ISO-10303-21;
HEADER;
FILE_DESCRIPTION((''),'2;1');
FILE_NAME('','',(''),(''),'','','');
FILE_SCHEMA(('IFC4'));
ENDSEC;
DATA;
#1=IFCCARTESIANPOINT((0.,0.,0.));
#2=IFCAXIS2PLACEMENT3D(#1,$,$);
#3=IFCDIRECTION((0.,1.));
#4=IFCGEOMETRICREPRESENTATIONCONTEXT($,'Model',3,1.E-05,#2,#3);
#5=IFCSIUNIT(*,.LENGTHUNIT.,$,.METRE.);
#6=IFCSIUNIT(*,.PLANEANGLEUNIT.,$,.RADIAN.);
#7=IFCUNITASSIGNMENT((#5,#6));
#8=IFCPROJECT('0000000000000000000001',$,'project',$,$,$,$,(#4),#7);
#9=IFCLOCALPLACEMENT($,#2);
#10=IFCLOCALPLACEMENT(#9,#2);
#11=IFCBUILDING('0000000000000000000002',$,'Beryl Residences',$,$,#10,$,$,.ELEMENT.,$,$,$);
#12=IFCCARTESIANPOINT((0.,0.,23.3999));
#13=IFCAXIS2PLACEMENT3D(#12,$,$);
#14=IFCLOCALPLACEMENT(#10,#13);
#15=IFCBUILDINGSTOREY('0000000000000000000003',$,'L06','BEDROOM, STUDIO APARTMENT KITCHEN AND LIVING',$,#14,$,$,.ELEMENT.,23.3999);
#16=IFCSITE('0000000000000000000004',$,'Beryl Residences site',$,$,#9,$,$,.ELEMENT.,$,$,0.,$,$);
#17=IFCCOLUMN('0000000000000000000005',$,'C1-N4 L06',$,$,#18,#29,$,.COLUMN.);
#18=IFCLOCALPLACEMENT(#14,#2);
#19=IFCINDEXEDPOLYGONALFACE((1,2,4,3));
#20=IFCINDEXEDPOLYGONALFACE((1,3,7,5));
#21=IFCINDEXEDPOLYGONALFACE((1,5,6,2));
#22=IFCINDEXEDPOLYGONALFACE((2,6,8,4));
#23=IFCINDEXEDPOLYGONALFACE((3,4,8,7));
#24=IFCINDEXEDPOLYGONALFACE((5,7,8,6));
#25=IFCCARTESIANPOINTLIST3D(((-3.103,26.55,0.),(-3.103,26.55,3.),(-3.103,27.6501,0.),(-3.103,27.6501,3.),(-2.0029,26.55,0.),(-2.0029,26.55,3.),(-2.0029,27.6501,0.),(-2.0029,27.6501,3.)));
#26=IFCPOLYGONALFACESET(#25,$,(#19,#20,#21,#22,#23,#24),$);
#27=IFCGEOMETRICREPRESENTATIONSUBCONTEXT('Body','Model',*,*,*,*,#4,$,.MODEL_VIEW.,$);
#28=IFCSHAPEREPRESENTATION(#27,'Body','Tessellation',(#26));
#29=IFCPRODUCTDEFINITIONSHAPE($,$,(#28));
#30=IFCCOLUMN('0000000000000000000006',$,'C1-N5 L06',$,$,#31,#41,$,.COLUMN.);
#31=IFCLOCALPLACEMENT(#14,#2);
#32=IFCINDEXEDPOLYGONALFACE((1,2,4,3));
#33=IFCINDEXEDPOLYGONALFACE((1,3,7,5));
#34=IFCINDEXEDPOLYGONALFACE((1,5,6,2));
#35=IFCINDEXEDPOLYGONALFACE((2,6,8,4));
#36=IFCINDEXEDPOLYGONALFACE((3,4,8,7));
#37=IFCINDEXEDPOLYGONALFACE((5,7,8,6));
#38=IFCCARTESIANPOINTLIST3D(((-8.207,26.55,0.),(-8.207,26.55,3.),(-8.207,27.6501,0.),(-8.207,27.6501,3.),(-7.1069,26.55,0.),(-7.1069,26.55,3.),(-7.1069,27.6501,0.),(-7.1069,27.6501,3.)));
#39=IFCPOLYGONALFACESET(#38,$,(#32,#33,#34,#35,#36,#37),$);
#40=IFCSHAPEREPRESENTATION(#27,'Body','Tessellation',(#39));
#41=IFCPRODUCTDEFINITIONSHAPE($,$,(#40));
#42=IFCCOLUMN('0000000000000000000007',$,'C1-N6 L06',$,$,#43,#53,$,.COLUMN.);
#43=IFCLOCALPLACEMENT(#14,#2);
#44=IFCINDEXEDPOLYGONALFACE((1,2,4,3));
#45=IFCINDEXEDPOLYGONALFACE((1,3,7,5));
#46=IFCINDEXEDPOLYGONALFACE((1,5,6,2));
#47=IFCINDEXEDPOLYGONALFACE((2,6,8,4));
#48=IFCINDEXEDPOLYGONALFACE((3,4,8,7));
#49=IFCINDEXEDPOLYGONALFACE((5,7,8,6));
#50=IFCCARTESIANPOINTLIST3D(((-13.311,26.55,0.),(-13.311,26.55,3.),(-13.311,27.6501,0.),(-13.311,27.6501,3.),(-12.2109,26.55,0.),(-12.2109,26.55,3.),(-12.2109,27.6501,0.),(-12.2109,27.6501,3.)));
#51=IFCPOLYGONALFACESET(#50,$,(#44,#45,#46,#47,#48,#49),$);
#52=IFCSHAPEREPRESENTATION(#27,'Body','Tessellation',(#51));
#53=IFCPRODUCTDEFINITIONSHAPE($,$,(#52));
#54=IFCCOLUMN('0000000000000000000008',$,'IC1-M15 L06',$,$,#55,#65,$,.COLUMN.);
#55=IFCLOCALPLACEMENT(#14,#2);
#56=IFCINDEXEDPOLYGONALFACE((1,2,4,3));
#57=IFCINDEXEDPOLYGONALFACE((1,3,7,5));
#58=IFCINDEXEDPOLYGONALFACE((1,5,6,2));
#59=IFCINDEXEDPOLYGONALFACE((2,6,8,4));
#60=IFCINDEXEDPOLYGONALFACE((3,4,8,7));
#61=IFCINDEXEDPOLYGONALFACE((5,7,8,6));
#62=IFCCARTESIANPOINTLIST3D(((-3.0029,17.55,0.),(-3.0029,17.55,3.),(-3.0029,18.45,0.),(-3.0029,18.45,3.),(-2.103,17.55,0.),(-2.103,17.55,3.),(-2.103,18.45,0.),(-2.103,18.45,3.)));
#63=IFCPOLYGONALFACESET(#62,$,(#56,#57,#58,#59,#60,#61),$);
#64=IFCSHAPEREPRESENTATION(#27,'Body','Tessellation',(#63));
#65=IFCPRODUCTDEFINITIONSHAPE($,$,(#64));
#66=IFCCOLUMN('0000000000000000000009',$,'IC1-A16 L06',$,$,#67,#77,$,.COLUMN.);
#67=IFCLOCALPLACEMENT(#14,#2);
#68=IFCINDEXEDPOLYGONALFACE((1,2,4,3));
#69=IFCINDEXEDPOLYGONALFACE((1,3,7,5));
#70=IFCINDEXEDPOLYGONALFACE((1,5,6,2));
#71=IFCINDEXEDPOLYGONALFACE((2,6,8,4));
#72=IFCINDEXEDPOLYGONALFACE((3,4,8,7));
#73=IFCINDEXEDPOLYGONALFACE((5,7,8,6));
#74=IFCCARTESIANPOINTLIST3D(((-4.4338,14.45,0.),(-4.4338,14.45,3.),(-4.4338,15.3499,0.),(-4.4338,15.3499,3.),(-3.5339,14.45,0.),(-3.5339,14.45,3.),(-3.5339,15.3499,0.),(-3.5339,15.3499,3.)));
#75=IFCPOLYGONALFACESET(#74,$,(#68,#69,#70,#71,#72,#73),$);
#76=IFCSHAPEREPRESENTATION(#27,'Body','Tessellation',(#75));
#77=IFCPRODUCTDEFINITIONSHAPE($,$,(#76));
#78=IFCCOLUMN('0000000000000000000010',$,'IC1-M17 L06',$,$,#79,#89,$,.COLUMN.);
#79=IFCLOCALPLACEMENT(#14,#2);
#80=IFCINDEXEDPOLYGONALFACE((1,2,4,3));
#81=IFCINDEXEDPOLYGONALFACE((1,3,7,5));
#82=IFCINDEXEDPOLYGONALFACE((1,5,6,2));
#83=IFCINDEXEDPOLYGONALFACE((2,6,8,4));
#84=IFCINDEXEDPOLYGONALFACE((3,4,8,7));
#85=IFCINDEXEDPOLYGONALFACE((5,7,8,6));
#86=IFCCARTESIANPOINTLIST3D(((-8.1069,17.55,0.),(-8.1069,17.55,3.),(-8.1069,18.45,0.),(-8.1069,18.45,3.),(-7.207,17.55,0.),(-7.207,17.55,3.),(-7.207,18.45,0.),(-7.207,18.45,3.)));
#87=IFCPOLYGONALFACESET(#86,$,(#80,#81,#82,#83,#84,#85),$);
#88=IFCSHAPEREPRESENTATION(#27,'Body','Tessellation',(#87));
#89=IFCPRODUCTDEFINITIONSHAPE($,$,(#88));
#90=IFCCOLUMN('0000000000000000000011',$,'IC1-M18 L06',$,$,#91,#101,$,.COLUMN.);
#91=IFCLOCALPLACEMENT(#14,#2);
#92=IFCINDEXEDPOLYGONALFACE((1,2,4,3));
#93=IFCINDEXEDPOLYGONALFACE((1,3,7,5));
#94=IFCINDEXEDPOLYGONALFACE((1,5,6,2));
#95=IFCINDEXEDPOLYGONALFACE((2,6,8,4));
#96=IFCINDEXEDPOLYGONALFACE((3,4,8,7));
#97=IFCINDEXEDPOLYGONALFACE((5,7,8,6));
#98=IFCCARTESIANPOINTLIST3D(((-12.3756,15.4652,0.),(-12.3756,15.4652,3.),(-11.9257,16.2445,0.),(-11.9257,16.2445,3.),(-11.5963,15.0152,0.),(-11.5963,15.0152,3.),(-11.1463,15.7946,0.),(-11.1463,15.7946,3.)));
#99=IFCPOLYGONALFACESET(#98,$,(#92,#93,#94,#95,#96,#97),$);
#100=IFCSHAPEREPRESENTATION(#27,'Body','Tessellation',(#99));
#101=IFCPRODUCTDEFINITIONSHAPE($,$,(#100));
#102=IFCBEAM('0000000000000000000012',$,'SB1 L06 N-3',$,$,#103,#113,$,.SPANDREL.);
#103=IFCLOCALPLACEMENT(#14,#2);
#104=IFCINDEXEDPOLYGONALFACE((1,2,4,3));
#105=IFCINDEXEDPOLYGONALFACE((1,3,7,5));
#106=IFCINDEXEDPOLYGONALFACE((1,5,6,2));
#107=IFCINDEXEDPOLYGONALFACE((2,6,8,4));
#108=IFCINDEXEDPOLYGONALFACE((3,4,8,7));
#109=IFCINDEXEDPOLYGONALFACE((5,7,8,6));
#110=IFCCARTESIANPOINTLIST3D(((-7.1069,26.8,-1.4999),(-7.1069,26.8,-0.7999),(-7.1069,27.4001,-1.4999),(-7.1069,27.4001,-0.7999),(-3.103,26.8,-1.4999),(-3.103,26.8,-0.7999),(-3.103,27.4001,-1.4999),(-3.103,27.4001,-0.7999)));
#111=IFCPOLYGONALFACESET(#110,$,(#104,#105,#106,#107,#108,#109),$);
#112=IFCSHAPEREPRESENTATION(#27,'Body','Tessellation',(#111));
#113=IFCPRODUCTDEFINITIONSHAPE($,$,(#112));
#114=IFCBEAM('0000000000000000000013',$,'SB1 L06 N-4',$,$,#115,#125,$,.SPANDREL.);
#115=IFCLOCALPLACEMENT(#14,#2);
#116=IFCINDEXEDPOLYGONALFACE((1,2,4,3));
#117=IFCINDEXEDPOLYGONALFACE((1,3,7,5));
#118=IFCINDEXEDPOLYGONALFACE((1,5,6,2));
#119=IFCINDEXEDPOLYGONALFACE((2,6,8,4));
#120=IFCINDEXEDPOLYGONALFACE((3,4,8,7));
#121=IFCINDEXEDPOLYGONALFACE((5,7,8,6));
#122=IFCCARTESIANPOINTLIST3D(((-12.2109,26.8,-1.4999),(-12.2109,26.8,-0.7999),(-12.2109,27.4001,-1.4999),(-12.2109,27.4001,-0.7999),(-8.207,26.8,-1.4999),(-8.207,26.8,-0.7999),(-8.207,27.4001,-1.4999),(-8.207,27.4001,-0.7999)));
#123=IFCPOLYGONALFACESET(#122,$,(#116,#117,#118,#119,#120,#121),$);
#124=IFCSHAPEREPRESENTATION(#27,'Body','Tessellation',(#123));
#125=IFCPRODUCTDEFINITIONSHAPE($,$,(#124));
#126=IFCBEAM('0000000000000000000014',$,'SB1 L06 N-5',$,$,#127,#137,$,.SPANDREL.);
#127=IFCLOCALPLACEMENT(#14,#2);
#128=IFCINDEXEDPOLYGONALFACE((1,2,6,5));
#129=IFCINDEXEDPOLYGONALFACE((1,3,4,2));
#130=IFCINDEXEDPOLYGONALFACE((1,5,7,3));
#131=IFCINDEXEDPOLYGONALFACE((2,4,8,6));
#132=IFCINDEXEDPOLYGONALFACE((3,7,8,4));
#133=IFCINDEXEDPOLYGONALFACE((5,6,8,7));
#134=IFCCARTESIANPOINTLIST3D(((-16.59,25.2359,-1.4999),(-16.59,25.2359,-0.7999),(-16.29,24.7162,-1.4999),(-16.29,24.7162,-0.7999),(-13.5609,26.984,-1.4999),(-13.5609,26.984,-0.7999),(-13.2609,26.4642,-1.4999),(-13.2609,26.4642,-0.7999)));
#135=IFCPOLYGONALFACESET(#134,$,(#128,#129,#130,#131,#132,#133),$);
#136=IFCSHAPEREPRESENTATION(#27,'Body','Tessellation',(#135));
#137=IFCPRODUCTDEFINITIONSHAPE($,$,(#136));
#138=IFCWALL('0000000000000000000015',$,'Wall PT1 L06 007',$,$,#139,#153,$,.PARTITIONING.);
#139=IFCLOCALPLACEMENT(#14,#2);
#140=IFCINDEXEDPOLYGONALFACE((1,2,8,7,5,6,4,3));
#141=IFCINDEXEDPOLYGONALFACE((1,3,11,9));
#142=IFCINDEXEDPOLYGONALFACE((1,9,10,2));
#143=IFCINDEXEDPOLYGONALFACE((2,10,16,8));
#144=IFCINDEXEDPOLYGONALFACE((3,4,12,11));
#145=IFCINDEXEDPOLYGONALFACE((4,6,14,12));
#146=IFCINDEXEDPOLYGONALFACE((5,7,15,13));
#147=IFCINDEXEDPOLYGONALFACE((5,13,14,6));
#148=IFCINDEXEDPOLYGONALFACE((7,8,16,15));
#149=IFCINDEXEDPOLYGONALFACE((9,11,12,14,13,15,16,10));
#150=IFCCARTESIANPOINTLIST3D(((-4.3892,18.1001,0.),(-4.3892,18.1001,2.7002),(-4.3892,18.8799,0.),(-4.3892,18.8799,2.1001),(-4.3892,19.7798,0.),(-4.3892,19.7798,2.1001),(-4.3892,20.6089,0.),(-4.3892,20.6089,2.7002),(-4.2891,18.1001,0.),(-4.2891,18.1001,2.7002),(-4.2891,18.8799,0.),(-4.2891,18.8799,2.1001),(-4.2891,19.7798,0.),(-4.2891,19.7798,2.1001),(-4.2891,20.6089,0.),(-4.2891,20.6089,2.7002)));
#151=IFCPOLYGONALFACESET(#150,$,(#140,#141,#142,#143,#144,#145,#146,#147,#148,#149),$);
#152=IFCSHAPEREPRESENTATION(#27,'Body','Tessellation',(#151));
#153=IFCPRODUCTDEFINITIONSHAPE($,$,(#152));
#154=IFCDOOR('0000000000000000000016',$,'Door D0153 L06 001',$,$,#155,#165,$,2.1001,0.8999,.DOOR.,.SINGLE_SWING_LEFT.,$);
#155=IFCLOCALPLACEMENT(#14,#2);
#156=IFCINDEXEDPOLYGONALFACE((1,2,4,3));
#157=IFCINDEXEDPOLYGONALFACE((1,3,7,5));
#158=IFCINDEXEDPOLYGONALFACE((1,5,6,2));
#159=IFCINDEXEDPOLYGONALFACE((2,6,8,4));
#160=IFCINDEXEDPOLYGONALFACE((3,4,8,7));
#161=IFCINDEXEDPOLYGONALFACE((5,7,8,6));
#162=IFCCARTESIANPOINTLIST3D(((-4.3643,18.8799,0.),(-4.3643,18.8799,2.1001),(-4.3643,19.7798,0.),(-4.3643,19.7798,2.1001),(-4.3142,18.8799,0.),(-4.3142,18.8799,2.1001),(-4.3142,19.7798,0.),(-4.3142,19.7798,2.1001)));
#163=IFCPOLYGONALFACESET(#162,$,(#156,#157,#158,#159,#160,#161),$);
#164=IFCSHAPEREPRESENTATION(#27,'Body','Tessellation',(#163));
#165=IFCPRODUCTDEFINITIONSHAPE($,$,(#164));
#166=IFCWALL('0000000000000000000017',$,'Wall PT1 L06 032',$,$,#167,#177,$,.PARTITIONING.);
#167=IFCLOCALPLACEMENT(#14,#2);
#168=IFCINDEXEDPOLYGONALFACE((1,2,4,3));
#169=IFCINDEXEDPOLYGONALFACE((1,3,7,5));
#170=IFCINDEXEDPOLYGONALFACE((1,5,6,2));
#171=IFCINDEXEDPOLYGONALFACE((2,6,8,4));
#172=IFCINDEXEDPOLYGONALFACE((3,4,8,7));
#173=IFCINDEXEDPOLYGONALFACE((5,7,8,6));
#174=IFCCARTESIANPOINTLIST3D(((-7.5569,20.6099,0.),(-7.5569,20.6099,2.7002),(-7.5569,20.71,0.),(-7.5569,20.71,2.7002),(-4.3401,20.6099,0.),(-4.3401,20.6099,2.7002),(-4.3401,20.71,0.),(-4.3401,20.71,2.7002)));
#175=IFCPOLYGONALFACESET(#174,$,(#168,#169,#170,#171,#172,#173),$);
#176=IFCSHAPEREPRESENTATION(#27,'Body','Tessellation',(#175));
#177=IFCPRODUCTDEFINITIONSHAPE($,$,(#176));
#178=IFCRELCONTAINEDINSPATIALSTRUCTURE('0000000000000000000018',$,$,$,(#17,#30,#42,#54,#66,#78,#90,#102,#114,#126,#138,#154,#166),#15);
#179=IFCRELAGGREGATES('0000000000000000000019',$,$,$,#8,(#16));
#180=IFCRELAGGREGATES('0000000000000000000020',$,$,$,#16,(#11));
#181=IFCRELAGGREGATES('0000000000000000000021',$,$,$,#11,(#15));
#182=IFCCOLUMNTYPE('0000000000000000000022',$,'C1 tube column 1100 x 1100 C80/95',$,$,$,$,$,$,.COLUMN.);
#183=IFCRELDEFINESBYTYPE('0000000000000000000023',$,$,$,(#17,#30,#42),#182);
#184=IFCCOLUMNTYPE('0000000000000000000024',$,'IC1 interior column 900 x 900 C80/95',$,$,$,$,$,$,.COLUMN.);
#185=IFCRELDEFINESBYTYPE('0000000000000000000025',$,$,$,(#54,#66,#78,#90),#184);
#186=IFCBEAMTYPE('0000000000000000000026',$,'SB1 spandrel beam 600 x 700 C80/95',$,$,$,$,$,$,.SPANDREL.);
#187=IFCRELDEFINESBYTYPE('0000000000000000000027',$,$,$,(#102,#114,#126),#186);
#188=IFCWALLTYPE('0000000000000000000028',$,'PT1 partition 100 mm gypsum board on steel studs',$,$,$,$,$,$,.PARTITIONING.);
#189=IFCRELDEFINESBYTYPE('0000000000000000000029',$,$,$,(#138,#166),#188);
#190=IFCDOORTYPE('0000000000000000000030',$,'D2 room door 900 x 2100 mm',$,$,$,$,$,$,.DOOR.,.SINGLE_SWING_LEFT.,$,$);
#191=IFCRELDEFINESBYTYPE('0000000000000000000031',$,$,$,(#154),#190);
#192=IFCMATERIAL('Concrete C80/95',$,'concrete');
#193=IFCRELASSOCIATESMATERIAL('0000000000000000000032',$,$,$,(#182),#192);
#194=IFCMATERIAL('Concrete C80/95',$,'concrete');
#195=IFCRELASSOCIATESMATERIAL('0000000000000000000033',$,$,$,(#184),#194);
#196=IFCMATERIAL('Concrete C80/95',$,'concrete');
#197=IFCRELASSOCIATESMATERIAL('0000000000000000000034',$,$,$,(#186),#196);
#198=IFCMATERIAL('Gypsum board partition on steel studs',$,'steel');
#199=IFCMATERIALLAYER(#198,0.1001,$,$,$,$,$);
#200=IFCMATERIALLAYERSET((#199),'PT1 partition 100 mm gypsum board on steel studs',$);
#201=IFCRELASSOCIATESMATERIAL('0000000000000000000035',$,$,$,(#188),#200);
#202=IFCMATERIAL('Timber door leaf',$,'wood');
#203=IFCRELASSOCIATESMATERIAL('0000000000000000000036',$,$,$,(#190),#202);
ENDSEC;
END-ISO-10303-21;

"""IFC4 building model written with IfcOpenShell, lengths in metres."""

from ifc_helpers import new_model, si_unit, direction, frame, frame_2d, origin, origin_2d, place, context, subcontext, project, spatial, rectangle, extrude, material, layer, layer_set, material_profile, profile_set, type_object, element, fill, save


model = new_model("IFC4")

# Units and contexts
model_context = context("Model", 3, precision=1e-05, world=origin(), true_north=direction((0.0, 1.0)))
body_context = subcontext(model_context, "Body", "Model", "MODEL_VIEW")
ifc_project = project(units=[si_unit("LENGTHUNIT", "METRE"), si_unit("PLANEANGLEUNIT", "RADIAN")], contexts=[model_context])

# Site, building, storey
site_placement = place(None, origin())
site = spatial("IfcSite", under=ifc_project, at=site_placement, Name="Beryl Residences site", CompositionType="ELEMENT", RefElevation=0.0)
building_placement = place(site_placement, origin())
building = spatial("IfcBuilding", under=site, at=building_placement, Name="Beryl Residences", CompositionType="ELEMENT")
storey_placement = place(building_placement, frame((0.0, 0.0, 23.3999)))
storey = spatial("IfcBuildingStorey", under=building, at=storey_placement, Name="L06", Description="BEDROOM, STUDIO APARTMENT KITCHEN AND LIVING", CompositionType="ELEMENT", Elevation=23.3999)

# Columns
ifc_material_1 = material(Name="Concrete C80/95", Category="concrete")
ifc_material_profile_1 = material_profile(ifc_material_1, rectangle(XDim=1.1001, YDim=1.1001, at=origin_2d()))
ifc_profile_set_1 = profile_set([ifc_material_profile_1], Name="Concrete C80/95")
column_type_1 = type_object("IfcColumnType", Name="C1 tube column 1100 x 1100 C80/95", PredefinedType="COLUMN", material=ifc_profile_set_1)
for number, where, z_axis, x_axis, name in (
    (1, (-2.553, 27.1001, 0.0), (0.0, 0.0, 1.0), (-1.0, 0.0, 0.0), "C1-N4 L06"),
    (2, (-7.657, 27.1001, 0.0), (0.0, 0.0, 1.0), (-1.0, 0.0, 0.0), "C1-N5 L06"),
    (3, (-12.761, 27.1001, 0.0), (0.0, 0.0, 1.0), (-1.0, 0.0, 0.0), "C1-N6 L06"),
):
    element("IfcColumn", number, at=place(storey_placement, frame(where, z_axis=z_axis, x_axis=x_axis)), inside=storey, type_object=column_type_1, Name=name, PredefinedType="COLUMN", context=body_context, shape_type="SweptSolid", body=[
        extrude(rectangle(XDim=1.1001, YDim=1.1001, at=origin_2d()), origin(), (0.0, 0.0, 1.0), 3.0),
    ])
ifc_material_2 = material(Name="Concrete C80/95", Category="concrete")
ifc_material_profile_2 = material_profile(ifc_material_2, rectangle(XDim=0.8999, YDim=0.8999, at=origin_2d()))
ifc_profile_set_2 = profile_set([ifc_material_profile_2], Name="Concrete C80/95")
column_type_2 = type_object("IfcColumnType", Name="IC1 interior column 900 x 900 C80/95", PredefinedType="COLUMN", material=ifc_profile_set_2)
for number, where, z_axis, x_axis, name in (
    (4, (-2.553, 18.0, 0.0), (0.0, 0.0, 1.0), (-1.0, 0.0, 0.0), "IC1-M15 L06"),
    (5, (-3.9839, 14.8999, 0.0), (0.0, 0.0, 1.0), (1.0, 0.0, 0.0), "IC1-A16 L06"),
    (6, (-7.657, 18.0, 0.0), (0.0, 0.0, 1.0), (-1.0, 0.0, 0.0), "IC1-M17 L06"),
    (7, (-11.761, 15.6299, 0.0), (0.0, 0.0, 1.0), (-0.499985, -0.866034, 0.0), "IC1-M18 L06"),
):
    element("IfcColumn", number, at=place(storey_placement, frame(where, z_axis=z_axis, x_axis=x_axis)), inside=storey, type_object=column_type_2, Name=name, PredefinedType="COLUMN", context=body_context, shape_type="SweptSolid", body=[
        extrude(rectangle(XDim=0.8999, YDim=0.8999, at=origin_2d()), origin(), (0.0, 0.0, 1.0), 3.0),
    ])

# Beams
ifc_material_3 = material(Name="Concrete C80/95", Category="concrete")
ifc_material_profile_3 = material_profile(ifc_material_3, rectangle(XDim=0.6001, YDim=0.7, at=origin_2d()))
ifc_profile_set_3 = profile_set([ifc_material_profile_3], Name="Concrete C80/95")
beam_type = type_object("IfcBeamType", Name="SB1 spandrel beam 600 x 700 C80/95", PredefinedType="SPANDREL", material=ifc_profile_set_3)
for number, where, z_axis, x_axis, name in (
    (8, (-3.103, 27.1001, -1.1499), (-1.0, 0.0, 0.0), (0.0, -1.0, 0.0), "SB1 L06 N-3"),
    (9, (-8.207, 27.1001, -1.1499), (-1.0, 0.0, 0.0), (0.0, -1.0, 0.0), "SB1 L06 N-4"),
):
    element("IfcBeam", number, at=place(storey_placement, frame(where, z_axis=z_axis, x_axis=x_axis)), inside=storey, type_object=beam_type, Name=name, PredefinedType="SPANDREL", context=body_context, shape_type="SweptSolid", body=[
        extrude(rectangle(XDim=0.6001, YDim=0.7, at=origin_2d()), origin(), (0.0, 0.0, 1.0), 4.0039),
    ])
beam_placement = place(storey_placement, frame((-13.4109, 26.7241, -1.1499), z_axis=(-0.866122, -0.499833, 0.0), x_axis=(0.499833, -0.866122, 0.0)))
element("IfcBeam", 10, at=beam_placement, inside=storey, type_object=beam_type, Name="SB1 L06 N-5", PredefinedType="SPANDREL", context=body_context, shape_type="SweptSolid", body=[
    extrude(rectangle(XDim=0.6001, YDim=0.7, at=origin_2d()), origin(), (0.0, 0.0, 1.0), 3.4973),
])

# Wall, opening, door
ifc_material_4 = material(Name="Gypsum board partition on steel studs", Category="steel")
ifc_layer_1 = layer(ifc_material_4, 0.1001)
ifc_layer_set_1 = layer_set([ifc_layer_1], Name="PT1 partition 100 mm gypsum board on steel studs")
wall_type_1 = type_object("IfcWallType", Name="PT1 partition 100 mm gypsum board on steel studs", PredefinedType="PARTITIONING", material=ifc_layer_set_1)
wall_1_placement = place(storey_placement, frame((-4.3391, 20.6089, 0.0), z_axis=(0.0, 0.0, 1.0), x_axis=(0.0, -1.0, 0.0)))
wall_1 = element("IfcWall", 11, at=wall_1_placement, inside=storey, type_object=wall_type_1, Name="Wall PT1 L06 007", PredefinedType="PARTITIONING", context=body_context, shape_type="SweptSolid", body=[
    extrude(rectangle(XDim=2.5088, YDim=0.1001, at=frame_2d((1.2544, 0.0))), origin(), (0.0, 0.0, 1.0), 2.7002),
])
opening_1_placement = place(wall_1_placement, frame((0.8291, 0.0, 0.0)))
opening_1 = element("IfcOpeningElement", 12, at=opening_1_placement, cuts=wall_1, PredefinedType="OPENING", context=body_context, shape_type="SweptSolid", body=[
    extrude(rectangle(XDim=0.8999, YDim=2.1001, at=frame_2d((0.45, 1.05))), frame((0.0, 0.0601, 0.0), z_axis=(0.0, -1.0, 0.0), x_axis=(1.0, 0.0, 0.0)), (0.0, 0.0, 1.0), 0.1201),
])
ifc_material_5 = material(Name="Timber door leaf", Category="wood")
door_type_1 = type_object("IfcDoorType", Name="D2 room door 900 x 2100 mm", OperationType="SINGLE_SWING_LEFT", PredefinedType="DOOR", material=ifc_material_5)
door_1_placement = place(opening_1_placement, origin())
door_1 = element("IfcDoor", 13, at=door_1_placement, inside=storey, type_object=door_type_1, Name="Door D0153 L06 001", OperationType="SINGLE_SWING_LEFT", OverallHeight=2.1001, OverallWidth=0.8999, PredefinedType="DOOR", context=body_context, shape_type="SweptSolid", body=[
    extrude(rectangle(XDim=0.8999, YDim=2.1001, at=frame_2d((0.45, 1.05))), frame((0.0, 0.0249, 0.0), z_axis=(0.0, -1.0, 0.0), x_axis=(1.0, 0.0, 0.0)), (0.0, 0.0, 1.0), 0.05),
])
fill(opening_1, door_1)

# Wall
wall_2_placement = place(storey_placement, frame((-7.5569, 20.6599, 0.0), z_axis=(0.0, 0.0, 1.0), x_axis=(1.0, 0.0, 0.0)))
element("IfcWall", 14, at=wall_2_placement, inside=storey, type_object=wall_type_1, Name="Wall PT1 L06 032", PredefinedType="PARTITIONING", context=body_context, shape_type="SweptSolid", body=[
    extrude(rectangle(XDim=3.2168, YDim=0.1001, at=frame_2d((1.6084, 0.0))), origin(), (0.0, 0.0, 1.0), 2.7002),
])

save(model, "model.ifc")
